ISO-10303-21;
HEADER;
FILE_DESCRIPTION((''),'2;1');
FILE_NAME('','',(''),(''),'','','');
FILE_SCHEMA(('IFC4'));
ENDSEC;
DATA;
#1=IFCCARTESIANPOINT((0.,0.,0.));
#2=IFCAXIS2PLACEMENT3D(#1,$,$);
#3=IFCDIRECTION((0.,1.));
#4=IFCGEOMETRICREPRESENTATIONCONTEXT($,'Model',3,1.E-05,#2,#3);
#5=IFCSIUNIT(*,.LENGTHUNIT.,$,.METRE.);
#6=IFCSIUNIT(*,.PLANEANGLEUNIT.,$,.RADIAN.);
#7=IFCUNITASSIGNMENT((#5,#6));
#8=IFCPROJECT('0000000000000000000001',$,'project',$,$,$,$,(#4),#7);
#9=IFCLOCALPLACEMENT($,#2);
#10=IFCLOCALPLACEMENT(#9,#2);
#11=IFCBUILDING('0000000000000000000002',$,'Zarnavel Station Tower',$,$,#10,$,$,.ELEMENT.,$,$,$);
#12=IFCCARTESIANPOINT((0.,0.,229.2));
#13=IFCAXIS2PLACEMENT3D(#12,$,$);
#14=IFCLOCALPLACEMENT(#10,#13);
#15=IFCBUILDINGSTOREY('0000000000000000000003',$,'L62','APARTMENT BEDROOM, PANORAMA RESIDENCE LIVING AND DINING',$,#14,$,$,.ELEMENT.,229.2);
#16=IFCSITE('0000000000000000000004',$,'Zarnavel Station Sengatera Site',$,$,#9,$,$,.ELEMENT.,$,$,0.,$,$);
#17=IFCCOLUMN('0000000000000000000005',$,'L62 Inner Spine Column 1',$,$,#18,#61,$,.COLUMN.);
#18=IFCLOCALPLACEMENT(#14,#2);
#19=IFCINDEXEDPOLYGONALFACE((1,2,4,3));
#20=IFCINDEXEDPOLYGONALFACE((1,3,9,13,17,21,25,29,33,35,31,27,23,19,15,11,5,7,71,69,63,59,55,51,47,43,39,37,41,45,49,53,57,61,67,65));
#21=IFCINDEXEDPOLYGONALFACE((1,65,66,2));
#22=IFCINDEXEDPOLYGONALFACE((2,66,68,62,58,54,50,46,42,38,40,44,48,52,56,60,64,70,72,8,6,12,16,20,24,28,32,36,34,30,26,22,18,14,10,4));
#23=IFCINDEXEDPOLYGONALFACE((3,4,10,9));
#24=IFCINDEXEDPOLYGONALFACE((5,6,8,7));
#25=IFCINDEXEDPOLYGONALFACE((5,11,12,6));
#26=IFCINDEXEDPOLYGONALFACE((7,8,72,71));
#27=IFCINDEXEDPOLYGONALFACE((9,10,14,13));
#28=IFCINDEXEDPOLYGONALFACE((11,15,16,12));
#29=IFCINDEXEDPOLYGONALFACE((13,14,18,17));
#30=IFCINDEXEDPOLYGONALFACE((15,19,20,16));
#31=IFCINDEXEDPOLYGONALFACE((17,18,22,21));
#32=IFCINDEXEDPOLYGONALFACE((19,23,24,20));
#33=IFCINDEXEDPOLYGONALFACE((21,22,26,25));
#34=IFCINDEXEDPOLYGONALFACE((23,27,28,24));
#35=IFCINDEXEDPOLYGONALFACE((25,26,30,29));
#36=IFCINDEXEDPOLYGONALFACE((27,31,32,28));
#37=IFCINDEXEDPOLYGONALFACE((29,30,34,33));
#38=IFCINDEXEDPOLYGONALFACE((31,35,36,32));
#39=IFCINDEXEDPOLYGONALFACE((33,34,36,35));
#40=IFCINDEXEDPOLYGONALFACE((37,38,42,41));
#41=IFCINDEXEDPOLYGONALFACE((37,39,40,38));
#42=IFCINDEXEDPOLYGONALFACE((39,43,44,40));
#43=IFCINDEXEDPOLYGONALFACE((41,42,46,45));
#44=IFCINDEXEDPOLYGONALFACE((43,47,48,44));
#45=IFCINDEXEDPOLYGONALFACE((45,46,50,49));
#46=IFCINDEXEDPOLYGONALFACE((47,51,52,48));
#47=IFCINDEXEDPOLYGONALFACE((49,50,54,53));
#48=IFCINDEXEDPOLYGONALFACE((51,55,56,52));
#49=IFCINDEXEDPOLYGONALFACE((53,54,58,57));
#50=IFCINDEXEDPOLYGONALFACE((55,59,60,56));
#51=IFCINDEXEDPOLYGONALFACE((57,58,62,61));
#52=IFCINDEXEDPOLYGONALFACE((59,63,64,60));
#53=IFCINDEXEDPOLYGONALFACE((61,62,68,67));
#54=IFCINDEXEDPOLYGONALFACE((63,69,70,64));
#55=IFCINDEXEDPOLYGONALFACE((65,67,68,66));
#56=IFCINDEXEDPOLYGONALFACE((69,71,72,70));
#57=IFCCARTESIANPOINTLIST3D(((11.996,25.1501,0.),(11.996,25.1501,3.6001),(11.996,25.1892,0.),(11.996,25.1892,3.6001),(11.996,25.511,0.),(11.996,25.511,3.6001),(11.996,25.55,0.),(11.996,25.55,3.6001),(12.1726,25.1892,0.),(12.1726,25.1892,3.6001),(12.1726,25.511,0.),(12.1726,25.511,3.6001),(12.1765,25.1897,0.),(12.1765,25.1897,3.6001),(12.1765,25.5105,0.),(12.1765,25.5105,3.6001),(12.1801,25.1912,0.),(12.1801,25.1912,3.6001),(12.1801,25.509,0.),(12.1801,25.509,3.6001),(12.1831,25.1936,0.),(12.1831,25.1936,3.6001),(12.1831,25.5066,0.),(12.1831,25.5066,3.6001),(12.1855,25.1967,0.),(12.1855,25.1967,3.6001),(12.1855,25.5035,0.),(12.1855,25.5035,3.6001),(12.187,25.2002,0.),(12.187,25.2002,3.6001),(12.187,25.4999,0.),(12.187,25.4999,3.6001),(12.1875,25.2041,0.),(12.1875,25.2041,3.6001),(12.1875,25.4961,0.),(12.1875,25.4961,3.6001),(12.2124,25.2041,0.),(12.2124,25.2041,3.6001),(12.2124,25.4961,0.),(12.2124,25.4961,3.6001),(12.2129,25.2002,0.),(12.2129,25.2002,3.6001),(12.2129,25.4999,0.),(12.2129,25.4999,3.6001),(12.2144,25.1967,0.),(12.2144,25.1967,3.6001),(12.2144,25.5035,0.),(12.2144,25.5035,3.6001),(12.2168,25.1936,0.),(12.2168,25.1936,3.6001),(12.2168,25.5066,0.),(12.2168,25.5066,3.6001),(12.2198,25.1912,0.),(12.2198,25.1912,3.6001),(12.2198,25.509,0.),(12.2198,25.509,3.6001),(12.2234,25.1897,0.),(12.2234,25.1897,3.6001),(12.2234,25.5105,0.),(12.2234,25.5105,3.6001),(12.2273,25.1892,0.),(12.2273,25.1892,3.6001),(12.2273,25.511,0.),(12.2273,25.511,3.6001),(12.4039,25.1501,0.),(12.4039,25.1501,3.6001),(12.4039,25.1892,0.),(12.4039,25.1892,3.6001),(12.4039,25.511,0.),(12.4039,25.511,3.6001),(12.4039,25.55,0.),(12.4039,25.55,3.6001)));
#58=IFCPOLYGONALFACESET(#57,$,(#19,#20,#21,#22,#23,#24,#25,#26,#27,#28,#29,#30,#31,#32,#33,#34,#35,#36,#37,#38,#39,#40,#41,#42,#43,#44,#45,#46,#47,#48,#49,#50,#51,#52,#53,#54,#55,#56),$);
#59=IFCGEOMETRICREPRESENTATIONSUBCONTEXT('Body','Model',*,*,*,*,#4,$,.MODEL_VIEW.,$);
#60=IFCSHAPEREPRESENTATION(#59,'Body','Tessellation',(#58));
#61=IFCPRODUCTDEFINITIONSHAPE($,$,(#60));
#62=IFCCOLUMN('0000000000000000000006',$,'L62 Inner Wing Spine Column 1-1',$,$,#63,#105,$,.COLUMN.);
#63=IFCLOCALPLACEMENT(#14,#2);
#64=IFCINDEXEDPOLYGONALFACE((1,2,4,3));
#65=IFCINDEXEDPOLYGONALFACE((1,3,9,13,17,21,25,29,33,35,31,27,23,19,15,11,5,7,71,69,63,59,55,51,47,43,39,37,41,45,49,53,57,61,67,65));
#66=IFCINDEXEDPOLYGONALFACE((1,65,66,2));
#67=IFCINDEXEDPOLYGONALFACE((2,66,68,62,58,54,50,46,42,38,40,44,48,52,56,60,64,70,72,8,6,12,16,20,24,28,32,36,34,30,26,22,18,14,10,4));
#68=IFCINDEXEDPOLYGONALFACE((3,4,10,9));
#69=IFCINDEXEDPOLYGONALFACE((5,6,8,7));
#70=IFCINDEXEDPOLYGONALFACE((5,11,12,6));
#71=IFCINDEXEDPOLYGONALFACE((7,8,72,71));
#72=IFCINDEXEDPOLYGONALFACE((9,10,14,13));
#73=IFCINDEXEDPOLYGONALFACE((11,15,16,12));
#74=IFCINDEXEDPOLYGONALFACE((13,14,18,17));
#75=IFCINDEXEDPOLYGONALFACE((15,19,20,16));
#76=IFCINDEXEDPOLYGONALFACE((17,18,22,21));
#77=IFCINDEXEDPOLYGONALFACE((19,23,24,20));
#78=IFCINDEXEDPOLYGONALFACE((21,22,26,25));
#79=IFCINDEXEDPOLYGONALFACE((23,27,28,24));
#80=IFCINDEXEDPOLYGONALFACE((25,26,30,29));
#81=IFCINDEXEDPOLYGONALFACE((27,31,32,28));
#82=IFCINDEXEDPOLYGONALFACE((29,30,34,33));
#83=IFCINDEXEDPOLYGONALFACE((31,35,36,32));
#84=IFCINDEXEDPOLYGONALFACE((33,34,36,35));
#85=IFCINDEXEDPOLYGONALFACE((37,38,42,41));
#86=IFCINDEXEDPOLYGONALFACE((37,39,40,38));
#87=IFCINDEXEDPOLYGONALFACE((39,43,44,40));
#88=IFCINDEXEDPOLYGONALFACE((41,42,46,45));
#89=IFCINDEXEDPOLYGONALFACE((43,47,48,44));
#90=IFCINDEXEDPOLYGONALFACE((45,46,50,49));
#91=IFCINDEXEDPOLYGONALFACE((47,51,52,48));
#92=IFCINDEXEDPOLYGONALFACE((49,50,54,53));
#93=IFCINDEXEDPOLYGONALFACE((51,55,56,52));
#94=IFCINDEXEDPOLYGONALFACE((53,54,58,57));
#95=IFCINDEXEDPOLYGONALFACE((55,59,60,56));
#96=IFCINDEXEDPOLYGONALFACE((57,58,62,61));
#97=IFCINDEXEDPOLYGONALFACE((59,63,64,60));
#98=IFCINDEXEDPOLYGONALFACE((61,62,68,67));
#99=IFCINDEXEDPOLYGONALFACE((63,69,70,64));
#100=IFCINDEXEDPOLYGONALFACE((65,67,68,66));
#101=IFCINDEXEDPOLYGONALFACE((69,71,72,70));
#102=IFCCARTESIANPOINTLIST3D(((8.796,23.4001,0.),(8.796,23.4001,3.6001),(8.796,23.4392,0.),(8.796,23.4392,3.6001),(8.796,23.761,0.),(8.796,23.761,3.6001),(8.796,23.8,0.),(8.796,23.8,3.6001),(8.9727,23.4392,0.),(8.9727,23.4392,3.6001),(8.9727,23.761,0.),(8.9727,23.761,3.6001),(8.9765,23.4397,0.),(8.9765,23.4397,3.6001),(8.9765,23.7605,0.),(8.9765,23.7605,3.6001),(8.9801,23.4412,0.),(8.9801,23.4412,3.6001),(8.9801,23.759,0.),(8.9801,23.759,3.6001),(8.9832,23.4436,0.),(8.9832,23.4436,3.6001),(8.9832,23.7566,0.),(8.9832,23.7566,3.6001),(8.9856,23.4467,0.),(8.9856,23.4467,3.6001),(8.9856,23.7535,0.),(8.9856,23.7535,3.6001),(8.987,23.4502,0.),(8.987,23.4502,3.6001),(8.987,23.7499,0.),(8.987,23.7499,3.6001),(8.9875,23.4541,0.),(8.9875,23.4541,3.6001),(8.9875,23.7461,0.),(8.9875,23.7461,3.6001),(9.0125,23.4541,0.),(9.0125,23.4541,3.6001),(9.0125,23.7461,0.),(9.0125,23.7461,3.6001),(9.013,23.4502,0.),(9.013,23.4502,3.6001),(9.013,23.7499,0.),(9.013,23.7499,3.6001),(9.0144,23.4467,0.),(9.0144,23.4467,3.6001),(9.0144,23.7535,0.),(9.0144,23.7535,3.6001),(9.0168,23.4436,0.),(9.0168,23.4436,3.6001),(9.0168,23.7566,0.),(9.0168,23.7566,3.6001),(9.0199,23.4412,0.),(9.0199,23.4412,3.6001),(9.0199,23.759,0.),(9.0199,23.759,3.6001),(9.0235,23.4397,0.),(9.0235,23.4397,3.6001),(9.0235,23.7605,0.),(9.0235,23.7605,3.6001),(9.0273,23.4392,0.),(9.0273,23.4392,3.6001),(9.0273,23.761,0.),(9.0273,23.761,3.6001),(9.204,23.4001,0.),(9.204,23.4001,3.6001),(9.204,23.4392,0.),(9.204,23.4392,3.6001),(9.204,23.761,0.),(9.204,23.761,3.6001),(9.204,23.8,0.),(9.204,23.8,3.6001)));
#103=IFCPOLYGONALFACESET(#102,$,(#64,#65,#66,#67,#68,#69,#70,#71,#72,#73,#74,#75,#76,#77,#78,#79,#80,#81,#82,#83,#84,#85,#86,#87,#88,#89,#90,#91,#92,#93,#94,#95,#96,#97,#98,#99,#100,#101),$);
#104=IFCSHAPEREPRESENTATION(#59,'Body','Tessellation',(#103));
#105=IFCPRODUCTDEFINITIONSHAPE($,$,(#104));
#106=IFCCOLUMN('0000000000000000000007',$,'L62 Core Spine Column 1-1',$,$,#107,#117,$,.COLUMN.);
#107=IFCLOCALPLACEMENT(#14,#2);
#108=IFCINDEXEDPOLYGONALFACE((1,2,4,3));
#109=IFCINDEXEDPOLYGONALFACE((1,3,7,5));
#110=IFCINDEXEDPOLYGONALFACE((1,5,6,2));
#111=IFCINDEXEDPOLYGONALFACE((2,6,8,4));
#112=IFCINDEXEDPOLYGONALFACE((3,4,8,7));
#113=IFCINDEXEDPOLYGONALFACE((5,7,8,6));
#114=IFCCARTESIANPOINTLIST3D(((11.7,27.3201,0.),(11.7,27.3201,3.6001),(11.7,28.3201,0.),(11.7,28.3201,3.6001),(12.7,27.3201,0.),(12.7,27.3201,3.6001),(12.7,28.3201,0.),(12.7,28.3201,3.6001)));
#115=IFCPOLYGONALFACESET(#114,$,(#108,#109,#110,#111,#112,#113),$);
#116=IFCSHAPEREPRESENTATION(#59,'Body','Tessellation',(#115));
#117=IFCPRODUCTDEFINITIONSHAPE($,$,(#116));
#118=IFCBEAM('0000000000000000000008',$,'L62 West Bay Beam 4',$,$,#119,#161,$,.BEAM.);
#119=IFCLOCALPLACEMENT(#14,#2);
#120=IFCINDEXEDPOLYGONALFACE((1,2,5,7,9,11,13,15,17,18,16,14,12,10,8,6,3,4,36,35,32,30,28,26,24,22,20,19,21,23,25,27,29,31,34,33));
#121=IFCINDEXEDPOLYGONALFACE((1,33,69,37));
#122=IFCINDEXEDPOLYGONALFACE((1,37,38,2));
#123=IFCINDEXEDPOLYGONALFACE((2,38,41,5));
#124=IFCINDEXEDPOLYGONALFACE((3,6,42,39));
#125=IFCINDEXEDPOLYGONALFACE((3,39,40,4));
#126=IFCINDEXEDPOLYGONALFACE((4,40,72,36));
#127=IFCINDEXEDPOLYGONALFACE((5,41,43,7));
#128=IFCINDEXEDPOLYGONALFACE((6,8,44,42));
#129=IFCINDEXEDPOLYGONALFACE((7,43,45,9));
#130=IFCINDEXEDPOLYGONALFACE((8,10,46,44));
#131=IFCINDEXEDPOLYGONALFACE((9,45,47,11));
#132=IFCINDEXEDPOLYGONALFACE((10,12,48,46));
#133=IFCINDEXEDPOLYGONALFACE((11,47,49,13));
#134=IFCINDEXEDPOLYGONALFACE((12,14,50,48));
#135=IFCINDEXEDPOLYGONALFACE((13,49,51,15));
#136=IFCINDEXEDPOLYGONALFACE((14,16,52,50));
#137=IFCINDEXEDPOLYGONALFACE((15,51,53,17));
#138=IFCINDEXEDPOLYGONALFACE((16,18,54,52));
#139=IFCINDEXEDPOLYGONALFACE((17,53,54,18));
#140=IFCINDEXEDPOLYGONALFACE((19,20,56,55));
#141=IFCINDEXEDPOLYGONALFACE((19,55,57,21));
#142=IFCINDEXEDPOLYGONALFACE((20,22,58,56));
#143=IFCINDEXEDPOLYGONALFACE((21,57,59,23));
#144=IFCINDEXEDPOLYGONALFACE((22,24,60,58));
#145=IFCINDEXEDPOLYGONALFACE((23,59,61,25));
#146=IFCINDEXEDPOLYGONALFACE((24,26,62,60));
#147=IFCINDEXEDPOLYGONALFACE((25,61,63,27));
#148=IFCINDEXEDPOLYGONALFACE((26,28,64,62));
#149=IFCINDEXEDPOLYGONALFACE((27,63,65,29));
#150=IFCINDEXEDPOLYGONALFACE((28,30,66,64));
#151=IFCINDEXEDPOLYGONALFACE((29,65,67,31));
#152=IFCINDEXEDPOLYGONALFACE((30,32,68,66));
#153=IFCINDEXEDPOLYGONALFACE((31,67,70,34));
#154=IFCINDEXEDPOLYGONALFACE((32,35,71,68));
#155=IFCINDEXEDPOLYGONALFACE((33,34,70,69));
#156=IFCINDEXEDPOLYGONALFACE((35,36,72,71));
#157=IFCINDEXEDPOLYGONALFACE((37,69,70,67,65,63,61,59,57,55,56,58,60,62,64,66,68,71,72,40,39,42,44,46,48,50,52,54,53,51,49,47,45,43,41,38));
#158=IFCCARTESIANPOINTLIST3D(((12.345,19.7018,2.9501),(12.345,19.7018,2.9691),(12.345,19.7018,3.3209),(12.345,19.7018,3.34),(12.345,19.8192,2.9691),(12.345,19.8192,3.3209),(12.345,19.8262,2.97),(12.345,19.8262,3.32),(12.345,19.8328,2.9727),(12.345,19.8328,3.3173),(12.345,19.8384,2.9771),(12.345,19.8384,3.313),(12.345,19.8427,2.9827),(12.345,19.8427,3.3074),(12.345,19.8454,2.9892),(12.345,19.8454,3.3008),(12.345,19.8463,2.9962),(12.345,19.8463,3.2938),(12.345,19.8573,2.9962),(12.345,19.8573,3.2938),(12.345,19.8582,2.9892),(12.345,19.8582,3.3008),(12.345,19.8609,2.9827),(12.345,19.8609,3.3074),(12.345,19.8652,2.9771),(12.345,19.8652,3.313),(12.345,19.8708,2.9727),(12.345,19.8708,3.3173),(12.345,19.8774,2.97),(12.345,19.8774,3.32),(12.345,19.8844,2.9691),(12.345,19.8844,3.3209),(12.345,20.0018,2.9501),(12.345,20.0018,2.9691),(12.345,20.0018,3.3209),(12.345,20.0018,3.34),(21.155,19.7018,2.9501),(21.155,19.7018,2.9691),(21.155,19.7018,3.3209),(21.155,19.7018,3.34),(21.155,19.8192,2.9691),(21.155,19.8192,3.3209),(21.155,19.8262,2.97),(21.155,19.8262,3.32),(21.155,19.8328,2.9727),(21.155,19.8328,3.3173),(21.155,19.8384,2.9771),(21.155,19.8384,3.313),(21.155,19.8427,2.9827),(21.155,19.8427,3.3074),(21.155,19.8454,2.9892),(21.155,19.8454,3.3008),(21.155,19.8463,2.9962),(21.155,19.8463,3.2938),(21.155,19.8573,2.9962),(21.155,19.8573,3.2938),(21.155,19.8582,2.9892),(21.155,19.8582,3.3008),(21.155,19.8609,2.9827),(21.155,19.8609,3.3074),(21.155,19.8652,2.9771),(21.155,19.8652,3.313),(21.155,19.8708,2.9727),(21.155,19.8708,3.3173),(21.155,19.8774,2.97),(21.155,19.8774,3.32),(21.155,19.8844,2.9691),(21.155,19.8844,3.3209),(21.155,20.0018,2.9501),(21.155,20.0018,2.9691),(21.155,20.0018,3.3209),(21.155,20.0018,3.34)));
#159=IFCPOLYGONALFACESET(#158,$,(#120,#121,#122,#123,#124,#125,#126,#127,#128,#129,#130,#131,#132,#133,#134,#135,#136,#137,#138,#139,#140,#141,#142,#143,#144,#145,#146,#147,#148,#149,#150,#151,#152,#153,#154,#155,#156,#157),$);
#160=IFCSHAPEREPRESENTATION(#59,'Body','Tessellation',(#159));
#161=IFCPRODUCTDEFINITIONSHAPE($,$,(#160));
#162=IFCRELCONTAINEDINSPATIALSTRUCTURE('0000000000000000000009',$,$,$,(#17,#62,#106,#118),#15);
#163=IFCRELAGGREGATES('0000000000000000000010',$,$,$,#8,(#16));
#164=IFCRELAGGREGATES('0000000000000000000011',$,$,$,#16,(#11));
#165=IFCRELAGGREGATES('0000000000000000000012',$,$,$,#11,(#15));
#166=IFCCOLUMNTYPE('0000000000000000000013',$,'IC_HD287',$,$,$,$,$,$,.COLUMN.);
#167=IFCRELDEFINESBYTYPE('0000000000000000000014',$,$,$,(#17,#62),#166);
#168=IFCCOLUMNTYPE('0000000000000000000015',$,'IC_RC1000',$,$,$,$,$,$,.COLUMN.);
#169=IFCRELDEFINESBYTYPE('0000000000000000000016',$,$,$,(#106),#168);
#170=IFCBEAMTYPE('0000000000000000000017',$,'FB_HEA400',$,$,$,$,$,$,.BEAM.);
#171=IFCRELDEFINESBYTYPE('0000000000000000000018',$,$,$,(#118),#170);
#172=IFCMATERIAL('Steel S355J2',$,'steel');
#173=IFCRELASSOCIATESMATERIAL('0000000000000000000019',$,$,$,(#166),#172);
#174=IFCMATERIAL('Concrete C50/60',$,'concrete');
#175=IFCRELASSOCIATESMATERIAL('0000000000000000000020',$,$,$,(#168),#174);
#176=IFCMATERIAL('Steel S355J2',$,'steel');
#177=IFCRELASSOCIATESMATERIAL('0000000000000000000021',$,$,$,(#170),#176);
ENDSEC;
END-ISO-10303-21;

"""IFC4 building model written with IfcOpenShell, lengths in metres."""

from ifc_helpers import new_model, si_unit, direction, frame, origin, origin_2d, place, context, subcontext, project, spatial, rectangle, i_section, extrude, material, material_profile, profile_set, type_object, element, save


model = new_model("IFC4")

# Units and contexts
model_context = context("Model", 3, precision=1e-05, world=origin(), true_north=direction((0.0, 1.0)))
body_context = subcontext(model_context, "Body", "Model", "MODEL_VIEW")
ifc_project = project(units=[si_unit("LENGTHUNIT", "METRE"), si_unit("PLANEANGLEUNIT", "RADIAN")], contexts=[model_context])

# Site, building, storey
site_placement = place(None, origin())
site = spatial("IfcSite", under=ifc_project, at=site_placement, Name="Zarnavel Station Sengatera Site", CompositionType="ELEMENT", RefElevation=0.0)
building_placement = place(site_placement, origin())
building = spatial("IfcBuilding", under=site, at=building_placement, Name="Zarnavel Station Tower", CompositionType="ELEMENT")
storey_placement = place(building_placement, frame((0.0, 0.0, 229.2)))
storey = spatial("IfcBuildingStorey", under=building, at=storey_placement, Name="L62", Description="APARTMENT BEDROOM, PANORAMA RESIDENCE LIVING AND DINING", CompositionType="ELEMENT", Elevation=229.2)

# Columns
ifc_material_1 = material(Name="Steel S355J2", Category="steel")
ifc_material_profile_1 = material_profile(ifc_material_1, i_section(OverallWidth=0.408, OverallDepth=0.3999, WebThickness=0.0249, FlangeThickness=0.0391, FilletRadius=0.0149, at=origin_2d()), Name="HD400x287")
ifc_profile_set_1 = profile_set([ifc_material_profile_1], Name="Steel S355J2")
column_type_1 = type_object("IfcColumnType", Name="IC_HD287", PredefinedType="COLUMN", material=ifc_profile_set_1)
for number, where, z_axis, x_axis, name in (
    (1, (12.2, 25.3501, 0.0), (0.0, 0.0, 1.0), (1.0, 0.0, 0.0), "L62 Inner Spine Column 1"),
    (2, (9.0, 23.6001, 0.0), (0.0, 0.0, 1.0), (1.0, 0.0, 0.0), "L62 Inner Wing Spine Column 1-1"),
):
    element("IfcColumn", number, at=place(storey_placement, frame(where, z_axis=z_axis, x_axis=x_axis)), inside=storey, type_object=column_type_1, Name=name, PredefinedType="COLUMN", context=body_context, shape_type="SweptSolid", body=[
        extrude(i_section(OverallWidth=0.408, OverallDepth=0.3999, WebThickness=0.0249, FlangeThickness=0.0391, FilletRadius=0.0149, at=origin_2d()), origin(), (0.0, 0.0, 1.0), 3.6001),
    ])
ifc_material_2 = material(Name="Concrete C50/60", Category="concrete")
ifc_material_profile_2 = material_profile(ifc_material_2, rectangle(XDim=1.0, YDim=1.0, at=origin_2d()), Name="RC1000x1000")
ifc_profile_set_2 = profile_set([ifc_material_profile_2], Name="Concrete C50/60")
column_type_2 = type_object("IfcColumnType", Name="IC_RC1000", PredefinedType="COLUMN", material=ifc_profile_set_2)
column_placement = place(storey_placement, frame((12.2, 27.8201, 0.0), z_axis=(0.0, 0.0, 1.0), x_axis=(1.0, 0.0, 0.0)))
element("IfcColumn", 3, at=column_placement, inside=storey, type_object=column_type_2, Name="L62 Core Spine Column 1-1", PredefinedType="COLUMN", context=body_context, shape_type="SweptSolid", body=[
    extrude(rectangle(XDim=1.0, YDim=1.0, at=origin_2d()), origin(), (0.0, 0.0, 1.0), 3.6001),
])

# Beam
ifc_material_3 = material(Name="Steel S355J2", Category="steel")
ifc_material_profile_3 = material_profile(ifc_material_3, i_section(OverallWidth=0.3, OverallDepth=0.3899, WebThickness=0.011, FlangeThickness=0.019, FilletRadius=0.0271, at=origin_2d()), Name="HEA400")
ifc_profile_set_3 = profile_set([ifc_material_profile_3], Name="Steel S355J2")
beam_type_1 = type_object("IfcBeamType", Name="FB_HEA400", PredefinedType="BEAM", material=ifc_profile_set_3)
beam_1_placement = place(storey_placement, frame((12.345, 19.8518, 3.145), z_axis=(1.0, 0.0, 0.0), x_axis=(0.0, 1.0, 0.0)))
element("IfcBeam", 4, at=beam_1_placement, inside=storey, type_object=beam_type_1, Name="L62 West Bay Beam 4", PredefinedType="BEAM", context=body_context, shape_type="SweptSolid", body=[
    extrude(i_section(OverallWidth=0.3, OverallDepth=0.3899, WebThickness=0.011, FlangeThickness=0.019, FilletRadius=0.0271, at=origin_2d()), origin(), (0.0, 0.0, 1.0), 8.8101),
])

save(model, "model.ifc")
